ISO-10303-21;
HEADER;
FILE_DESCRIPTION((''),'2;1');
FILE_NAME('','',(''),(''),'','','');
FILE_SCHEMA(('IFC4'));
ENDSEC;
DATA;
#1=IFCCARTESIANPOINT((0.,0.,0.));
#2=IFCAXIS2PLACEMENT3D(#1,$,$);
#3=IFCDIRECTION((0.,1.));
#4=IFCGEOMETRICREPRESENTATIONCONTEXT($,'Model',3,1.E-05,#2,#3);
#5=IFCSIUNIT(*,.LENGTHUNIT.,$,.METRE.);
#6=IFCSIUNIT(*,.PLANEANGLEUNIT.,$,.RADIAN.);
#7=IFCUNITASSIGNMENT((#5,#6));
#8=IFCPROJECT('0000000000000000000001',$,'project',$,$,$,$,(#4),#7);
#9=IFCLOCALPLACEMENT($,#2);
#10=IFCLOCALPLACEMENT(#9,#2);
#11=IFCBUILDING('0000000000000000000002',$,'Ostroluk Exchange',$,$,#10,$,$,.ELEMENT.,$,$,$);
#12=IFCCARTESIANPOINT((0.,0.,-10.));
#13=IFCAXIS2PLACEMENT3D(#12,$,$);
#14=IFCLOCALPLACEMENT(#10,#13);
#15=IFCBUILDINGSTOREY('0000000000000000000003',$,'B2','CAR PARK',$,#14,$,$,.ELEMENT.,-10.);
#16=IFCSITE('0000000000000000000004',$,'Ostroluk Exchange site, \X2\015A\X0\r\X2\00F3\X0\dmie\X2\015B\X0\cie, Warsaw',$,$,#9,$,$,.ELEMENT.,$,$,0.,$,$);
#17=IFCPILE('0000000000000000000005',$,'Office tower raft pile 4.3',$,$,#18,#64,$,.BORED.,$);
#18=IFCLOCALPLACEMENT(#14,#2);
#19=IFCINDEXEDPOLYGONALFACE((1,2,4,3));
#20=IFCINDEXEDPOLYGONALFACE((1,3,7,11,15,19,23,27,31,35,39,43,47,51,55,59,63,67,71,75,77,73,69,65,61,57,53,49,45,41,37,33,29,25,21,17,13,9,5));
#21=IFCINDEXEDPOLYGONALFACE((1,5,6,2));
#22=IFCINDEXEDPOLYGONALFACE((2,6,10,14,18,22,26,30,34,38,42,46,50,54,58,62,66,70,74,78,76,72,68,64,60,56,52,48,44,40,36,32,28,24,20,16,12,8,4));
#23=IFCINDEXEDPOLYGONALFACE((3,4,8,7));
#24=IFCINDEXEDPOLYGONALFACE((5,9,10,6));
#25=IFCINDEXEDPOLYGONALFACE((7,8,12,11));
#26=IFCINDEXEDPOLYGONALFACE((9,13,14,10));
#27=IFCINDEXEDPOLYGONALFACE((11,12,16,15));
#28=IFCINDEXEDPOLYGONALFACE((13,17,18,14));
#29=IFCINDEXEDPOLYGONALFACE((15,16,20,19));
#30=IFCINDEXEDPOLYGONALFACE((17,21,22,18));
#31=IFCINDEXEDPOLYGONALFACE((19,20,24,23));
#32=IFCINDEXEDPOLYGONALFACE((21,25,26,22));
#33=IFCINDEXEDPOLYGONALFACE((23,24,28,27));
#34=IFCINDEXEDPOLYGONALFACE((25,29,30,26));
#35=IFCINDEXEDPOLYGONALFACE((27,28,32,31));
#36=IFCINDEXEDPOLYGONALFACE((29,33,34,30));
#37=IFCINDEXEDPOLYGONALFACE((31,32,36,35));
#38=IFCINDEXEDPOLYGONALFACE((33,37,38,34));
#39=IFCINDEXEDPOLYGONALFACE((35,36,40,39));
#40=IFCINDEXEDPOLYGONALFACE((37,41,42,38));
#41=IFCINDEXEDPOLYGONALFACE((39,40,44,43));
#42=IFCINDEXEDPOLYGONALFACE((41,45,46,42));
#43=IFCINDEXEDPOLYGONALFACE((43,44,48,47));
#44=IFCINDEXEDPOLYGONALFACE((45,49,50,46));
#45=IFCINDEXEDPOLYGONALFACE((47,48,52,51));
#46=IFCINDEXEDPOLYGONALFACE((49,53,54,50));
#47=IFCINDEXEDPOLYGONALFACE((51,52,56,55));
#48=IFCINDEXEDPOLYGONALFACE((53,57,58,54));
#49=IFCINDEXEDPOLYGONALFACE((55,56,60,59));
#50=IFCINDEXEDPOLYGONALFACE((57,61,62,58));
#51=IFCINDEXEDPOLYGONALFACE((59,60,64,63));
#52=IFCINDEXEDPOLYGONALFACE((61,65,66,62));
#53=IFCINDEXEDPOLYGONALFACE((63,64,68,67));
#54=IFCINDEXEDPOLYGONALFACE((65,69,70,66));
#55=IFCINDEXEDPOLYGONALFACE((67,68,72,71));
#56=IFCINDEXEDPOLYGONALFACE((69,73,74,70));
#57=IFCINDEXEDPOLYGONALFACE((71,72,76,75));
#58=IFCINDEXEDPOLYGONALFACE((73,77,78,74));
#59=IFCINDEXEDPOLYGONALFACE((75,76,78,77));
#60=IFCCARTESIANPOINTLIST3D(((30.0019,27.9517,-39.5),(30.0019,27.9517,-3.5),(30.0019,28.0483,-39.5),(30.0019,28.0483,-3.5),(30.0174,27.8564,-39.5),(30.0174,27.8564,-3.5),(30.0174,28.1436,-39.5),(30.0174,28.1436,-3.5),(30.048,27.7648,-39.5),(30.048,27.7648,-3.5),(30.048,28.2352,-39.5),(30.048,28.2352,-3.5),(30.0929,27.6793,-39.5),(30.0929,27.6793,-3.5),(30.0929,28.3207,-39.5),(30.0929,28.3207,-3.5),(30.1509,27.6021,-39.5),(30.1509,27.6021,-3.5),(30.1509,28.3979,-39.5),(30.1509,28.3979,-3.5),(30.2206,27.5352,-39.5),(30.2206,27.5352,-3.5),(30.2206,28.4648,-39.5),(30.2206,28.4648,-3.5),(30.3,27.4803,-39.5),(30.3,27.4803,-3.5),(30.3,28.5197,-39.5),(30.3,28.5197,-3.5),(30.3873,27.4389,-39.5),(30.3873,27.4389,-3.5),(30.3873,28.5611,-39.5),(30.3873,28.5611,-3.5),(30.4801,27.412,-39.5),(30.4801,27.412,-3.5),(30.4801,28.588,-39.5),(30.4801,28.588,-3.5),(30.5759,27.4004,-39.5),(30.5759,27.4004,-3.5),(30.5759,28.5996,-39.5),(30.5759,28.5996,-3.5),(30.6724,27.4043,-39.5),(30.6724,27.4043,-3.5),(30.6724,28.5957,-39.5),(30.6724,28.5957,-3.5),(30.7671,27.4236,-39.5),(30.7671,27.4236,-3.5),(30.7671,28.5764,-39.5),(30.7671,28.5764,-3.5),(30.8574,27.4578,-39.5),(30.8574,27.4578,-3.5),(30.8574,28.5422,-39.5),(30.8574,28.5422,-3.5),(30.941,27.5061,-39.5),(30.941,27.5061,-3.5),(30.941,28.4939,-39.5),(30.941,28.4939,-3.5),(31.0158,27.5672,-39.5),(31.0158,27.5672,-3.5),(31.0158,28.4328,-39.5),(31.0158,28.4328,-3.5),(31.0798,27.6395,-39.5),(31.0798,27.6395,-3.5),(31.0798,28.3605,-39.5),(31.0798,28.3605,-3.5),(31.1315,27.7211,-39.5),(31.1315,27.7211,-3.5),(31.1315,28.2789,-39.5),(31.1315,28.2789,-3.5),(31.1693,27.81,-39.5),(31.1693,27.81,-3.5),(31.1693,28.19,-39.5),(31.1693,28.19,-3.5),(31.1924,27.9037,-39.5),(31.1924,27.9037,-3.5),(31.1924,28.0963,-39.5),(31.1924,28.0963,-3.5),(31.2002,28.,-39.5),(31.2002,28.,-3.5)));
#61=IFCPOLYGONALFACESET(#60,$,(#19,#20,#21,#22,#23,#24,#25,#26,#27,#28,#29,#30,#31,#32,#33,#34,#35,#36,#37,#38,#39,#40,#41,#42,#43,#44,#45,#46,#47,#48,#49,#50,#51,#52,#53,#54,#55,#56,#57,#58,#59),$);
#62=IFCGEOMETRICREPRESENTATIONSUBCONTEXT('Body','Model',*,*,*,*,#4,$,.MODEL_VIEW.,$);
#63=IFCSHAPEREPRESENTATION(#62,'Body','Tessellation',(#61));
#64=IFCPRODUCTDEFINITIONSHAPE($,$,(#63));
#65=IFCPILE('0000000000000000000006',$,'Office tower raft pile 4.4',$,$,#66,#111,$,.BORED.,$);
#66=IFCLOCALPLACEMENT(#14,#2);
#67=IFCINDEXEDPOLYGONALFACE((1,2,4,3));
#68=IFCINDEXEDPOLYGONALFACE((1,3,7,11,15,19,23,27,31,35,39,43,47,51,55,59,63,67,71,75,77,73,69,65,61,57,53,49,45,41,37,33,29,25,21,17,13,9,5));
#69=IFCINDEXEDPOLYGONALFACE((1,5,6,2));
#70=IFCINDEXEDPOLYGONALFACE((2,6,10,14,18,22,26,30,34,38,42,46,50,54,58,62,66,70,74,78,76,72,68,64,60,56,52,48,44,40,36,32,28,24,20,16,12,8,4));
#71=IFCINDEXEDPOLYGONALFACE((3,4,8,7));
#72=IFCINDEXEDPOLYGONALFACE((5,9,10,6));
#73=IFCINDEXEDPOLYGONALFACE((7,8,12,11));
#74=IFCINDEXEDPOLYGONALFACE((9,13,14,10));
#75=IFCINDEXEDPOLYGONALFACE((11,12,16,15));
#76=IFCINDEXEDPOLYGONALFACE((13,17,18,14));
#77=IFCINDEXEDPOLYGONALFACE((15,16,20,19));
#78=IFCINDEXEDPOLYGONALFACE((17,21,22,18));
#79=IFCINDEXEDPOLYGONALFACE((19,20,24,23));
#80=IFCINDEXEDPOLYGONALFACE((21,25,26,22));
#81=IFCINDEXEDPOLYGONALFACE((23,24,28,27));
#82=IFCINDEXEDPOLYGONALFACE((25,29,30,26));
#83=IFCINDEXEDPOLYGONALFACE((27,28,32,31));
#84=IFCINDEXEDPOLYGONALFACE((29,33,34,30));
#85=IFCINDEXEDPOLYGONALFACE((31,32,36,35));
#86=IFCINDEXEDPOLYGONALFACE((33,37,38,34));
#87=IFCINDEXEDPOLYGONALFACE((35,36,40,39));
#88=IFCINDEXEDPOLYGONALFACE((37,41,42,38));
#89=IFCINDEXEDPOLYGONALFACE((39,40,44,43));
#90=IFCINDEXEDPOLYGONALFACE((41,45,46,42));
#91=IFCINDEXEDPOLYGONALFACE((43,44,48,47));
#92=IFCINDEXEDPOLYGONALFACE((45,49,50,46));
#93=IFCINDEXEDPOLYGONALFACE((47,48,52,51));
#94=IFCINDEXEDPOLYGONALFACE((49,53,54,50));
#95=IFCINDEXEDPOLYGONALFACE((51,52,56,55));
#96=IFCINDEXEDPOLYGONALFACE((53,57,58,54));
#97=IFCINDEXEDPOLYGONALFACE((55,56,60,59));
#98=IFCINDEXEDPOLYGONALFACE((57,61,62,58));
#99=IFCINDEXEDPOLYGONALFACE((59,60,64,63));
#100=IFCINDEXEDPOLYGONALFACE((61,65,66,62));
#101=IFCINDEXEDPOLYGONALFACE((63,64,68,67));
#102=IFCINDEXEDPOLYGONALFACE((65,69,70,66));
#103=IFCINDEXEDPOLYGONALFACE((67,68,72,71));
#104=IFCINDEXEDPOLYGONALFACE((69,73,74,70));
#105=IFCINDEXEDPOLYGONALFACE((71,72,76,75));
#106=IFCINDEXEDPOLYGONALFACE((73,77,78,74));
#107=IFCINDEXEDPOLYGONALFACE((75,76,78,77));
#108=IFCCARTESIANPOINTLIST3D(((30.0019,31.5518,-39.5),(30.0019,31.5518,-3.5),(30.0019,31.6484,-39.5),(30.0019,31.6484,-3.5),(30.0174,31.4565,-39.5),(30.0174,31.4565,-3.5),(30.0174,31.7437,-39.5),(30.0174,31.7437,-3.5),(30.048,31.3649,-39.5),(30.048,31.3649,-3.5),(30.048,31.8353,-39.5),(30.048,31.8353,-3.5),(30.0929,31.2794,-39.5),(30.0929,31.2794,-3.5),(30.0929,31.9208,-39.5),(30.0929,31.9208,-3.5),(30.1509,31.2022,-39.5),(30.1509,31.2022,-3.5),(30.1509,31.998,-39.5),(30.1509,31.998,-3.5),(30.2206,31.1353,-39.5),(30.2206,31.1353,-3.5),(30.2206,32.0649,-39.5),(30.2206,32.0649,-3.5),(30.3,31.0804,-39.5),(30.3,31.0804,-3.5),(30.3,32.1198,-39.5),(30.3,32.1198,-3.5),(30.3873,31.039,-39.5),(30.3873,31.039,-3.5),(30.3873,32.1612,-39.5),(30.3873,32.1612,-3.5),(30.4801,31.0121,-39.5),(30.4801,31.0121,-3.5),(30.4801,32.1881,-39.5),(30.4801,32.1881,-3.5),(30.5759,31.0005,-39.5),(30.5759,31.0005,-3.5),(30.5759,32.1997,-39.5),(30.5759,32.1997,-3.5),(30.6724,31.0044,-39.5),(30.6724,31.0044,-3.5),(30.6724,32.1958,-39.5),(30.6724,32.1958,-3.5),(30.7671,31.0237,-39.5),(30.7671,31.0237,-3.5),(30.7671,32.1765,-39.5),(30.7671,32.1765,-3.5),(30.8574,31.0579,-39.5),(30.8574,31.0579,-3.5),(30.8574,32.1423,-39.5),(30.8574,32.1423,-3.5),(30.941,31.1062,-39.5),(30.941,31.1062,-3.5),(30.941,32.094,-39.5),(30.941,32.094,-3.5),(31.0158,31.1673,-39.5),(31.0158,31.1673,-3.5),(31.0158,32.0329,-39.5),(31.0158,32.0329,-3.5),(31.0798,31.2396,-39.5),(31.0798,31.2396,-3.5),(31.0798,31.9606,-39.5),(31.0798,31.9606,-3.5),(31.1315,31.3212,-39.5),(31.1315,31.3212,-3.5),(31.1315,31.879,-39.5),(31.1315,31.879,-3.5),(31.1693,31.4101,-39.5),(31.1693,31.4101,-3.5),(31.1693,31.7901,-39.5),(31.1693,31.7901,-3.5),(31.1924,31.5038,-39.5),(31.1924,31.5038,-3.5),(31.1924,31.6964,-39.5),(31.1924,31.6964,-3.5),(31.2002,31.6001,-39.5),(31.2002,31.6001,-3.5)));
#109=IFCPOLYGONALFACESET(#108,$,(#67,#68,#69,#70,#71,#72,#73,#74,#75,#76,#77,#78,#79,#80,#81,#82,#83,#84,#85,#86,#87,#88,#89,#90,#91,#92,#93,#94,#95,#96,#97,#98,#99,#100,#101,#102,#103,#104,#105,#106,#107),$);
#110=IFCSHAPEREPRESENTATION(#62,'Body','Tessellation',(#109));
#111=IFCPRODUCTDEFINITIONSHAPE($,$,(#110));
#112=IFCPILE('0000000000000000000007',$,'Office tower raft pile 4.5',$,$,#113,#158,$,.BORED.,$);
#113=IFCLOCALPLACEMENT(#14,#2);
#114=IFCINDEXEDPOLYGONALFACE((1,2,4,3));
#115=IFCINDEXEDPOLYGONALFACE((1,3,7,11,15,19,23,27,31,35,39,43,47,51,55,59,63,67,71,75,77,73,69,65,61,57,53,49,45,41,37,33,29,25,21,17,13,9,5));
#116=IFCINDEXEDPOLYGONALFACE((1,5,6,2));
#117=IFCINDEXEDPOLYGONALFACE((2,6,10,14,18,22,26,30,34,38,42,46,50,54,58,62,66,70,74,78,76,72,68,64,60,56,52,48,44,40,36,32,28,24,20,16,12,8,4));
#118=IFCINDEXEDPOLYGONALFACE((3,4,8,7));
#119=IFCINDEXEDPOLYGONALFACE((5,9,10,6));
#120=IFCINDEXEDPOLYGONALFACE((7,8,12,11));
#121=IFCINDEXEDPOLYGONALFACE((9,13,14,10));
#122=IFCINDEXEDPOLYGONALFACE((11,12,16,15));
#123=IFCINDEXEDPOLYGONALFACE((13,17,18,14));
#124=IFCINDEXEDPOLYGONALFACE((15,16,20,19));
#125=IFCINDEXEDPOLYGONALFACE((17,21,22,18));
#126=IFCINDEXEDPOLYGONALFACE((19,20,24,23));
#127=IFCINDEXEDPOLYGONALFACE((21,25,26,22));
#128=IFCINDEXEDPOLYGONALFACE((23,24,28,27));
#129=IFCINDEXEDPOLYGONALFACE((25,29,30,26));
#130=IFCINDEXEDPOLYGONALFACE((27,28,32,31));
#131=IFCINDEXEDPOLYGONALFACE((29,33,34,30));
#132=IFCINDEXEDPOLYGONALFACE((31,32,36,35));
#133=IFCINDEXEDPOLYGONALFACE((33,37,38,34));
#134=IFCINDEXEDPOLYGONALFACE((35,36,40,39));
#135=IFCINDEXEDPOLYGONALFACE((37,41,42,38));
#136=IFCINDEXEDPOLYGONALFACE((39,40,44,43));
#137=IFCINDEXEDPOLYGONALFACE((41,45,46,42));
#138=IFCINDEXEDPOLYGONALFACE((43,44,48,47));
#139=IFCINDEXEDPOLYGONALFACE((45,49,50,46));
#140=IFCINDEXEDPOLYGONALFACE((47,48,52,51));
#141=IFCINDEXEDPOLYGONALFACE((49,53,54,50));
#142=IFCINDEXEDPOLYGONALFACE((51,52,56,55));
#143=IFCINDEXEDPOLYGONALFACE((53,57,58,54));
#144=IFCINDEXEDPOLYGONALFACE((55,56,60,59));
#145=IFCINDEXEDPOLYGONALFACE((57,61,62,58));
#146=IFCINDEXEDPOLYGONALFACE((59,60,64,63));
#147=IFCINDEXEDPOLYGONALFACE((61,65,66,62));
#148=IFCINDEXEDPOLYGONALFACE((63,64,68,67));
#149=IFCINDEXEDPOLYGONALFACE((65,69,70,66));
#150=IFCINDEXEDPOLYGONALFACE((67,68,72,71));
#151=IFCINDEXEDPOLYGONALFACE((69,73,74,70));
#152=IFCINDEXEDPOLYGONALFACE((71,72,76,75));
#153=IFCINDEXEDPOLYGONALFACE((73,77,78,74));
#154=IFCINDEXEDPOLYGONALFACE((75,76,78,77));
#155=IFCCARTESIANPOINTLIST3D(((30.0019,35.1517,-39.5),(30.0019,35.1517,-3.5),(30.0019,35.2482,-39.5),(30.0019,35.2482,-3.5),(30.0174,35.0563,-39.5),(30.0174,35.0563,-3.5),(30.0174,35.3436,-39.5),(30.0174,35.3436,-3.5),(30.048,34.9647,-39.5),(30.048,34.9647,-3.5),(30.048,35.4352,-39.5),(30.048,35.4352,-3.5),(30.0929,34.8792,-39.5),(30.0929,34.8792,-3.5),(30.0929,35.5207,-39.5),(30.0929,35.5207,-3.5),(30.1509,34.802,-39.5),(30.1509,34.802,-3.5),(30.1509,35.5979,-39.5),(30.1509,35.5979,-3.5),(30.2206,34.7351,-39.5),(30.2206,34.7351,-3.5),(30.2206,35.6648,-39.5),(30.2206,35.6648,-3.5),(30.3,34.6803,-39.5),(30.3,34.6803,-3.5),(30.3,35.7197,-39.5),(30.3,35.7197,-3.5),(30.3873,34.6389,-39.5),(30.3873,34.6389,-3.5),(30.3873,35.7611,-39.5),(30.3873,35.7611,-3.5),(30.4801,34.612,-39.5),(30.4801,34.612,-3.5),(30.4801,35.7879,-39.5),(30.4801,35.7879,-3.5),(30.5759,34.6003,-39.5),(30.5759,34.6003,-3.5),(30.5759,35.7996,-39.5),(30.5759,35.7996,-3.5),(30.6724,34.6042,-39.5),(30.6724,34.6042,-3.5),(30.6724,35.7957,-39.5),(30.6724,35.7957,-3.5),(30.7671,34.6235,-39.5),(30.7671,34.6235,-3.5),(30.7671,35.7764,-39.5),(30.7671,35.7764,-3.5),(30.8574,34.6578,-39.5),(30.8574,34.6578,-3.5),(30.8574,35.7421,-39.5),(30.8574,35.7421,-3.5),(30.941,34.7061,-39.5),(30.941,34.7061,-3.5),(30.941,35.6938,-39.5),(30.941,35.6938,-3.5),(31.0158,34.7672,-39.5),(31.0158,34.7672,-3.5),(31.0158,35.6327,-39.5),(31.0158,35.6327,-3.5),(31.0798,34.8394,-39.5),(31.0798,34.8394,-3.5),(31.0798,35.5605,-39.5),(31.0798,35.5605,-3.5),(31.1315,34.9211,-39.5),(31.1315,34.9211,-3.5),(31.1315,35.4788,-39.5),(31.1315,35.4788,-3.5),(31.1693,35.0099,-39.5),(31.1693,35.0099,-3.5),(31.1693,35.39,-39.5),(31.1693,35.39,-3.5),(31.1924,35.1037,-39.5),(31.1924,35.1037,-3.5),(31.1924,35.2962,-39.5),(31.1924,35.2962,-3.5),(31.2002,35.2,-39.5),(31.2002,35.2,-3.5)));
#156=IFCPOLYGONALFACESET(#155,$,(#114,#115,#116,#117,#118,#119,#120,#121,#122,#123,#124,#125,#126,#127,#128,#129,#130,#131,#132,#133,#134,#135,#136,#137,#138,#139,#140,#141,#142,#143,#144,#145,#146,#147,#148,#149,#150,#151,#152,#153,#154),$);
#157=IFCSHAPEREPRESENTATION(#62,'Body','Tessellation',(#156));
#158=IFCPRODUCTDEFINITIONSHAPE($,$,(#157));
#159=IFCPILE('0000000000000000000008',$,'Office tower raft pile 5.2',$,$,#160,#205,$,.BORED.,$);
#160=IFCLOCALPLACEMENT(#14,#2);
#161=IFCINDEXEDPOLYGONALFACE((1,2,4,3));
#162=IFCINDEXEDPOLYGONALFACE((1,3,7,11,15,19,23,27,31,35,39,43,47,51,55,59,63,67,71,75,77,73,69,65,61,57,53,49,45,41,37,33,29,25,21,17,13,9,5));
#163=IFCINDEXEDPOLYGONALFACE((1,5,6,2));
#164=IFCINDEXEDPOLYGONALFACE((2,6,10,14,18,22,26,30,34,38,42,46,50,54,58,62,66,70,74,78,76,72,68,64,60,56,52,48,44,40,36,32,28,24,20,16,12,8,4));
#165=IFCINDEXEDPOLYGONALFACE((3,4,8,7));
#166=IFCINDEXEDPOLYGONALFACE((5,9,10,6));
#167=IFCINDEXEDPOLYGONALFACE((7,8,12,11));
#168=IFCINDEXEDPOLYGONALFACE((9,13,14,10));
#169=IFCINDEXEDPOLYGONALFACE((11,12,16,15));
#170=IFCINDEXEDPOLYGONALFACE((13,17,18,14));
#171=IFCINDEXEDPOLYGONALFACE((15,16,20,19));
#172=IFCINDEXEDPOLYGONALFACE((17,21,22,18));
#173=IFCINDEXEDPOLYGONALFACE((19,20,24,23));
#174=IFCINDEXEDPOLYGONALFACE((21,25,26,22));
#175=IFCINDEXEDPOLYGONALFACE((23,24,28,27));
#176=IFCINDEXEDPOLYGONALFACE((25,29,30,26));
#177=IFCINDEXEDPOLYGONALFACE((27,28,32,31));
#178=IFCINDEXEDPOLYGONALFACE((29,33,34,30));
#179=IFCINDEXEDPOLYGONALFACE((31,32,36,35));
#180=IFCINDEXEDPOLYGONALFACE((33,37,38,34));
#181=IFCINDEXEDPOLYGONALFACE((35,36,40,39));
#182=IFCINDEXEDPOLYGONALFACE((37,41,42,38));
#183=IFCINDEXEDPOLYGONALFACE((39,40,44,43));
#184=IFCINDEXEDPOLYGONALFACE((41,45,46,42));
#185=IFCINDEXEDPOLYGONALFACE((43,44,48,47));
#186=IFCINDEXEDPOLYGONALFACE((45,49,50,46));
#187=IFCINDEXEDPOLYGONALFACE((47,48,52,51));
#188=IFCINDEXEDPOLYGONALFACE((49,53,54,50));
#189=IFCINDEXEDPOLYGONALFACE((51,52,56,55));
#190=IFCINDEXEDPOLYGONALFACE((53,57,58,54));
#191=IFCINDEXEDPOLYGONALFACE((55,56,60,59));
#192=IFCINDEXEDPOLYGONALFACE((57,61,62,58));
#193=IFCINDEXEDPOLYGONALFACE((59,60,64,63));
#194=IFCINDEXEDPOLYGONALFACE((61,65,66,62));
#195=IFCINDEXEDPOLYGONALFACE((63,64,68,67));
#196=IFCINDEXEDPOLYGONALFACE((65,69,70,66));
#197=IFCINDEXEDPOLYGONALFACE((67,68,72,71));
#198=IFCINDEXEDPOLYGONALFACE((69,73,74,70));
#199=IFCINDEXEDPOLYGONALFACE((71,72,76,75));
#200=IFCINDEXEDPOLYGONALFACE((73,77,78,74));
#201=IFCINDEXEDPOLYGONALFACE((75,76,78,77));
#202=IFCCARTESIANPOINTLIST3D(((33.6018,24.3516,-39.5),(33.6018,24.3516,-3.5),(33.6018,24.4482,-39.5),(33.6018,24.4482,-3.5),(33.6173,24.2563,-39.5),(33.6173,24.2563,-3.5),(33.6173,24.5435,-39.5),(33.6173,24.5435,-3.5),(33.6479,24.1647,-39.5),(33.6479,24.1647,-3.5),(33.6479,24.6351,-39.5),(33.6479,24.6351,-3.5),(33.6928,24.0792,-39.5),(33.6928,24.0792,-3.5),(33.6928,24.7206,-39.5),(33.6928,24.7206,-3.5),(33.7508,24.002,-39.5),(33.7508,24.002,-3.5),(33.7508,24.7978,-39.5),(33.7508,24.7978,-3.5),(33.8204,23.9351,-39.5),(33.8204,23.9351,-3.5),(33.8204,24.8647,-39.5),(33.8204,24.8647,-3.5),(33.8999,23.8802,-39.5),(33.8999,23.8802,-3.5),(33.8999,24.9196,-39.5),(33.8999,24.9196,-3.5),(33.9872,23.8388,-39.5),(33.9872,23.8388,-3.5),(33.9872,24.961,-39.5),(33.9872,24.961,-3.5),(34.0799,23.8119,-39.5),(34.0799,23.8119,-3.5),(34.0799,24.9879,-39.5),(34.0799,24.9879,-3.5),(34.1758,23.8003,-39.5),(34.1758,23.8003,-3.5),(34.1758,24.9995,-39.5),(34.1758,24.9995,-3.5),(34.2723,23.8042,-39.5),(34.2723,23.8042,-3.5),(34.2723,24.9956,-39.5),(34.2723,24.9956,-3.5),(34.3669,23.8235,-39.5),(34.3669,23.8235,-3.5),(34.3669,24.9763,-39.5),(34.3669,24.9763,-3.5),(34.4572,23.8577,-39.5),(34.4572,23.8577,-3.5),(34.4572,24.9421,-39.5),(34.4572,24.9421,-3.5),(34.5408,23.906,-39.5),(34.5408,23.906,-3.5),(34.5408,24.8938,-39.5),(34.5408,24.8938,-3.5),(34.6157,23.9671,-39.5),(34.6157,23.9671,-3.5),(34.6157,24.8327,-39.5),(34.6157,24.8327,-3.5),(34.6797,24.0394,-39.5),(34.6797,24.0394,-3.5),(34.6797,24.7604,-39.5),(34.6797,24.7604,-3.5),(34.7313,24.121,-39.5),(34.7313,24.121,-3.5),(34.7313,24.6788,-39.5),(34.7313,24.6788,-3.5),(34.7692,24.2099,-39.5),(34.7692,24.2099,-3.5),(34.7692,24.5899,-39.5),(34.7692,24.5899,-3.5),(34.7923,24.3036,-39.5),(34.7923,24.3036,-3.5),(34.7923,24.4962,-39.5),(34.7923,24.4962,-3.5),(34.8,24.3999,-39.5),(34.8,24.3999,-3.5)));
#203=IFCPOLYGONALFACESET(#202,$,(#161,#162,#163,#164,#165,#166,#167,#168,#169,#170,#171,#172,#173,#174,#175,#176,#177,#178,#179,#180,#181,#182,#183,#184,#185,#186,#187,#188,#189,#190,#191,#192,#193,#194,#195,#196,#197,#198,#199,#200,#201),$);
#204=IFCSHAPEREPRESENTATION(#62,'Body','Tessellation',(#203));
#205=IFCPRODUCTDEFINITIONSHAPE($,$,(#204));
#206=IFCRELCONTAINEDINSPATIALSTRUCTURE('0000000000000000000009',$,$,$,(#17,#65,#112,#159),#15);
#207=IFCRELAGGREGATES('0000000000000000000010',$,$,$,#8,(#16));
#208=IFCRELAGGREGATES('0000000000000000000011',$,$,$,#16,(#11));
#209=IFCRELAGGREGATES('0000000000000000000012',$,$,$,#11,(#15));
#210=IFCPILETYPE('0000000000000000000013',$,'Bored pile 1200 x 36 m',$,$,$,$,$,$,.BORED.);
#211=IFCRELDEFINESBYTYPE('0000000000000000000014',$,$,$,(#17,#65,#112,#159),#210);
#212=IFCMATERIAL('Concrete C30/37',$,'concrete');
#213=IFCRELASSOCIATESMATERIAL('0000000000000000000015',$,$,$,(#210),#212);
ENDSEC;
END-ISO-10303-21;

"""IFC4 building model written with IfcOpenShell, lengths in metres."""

from ifc_helpers import new_model, si_unit, direction, frame, origin, origin_2d, place, context, subcontext, project, spatial, circle, extrude, material, type_object, element, save


model = new_model("IFC4")

# Units and contexts
model_context = context("Model", 3, precision=1e-05, world=origin(), true_north=direction((0.0, 1.0)))
body_context = subcontext(model_context, "Body", "Model", "MODEL_VIEW")
ifc_project = project(units=[si_unit("LENGTHUNIT", "METRE"), si_unit("PLANEANGLEUNIT", "RADIAN")], contexts=[model_context])

# Site, building, storey
site_placement = place(None, origin())
site = spatial("IfcSite", under=ifc_project, at=site_placement, Name="Ostroluk Exchange site, Śródmieście, Warsaw", CompositionType="ELEMENT", RefElevation=0.0)
building_placement = place(site_placement, origin())
building = spatial("IfcBuilding", under=site, at=building_placement, Name="Ostroluk Exchange", CompositionType="ELEMENT")
storey_placement = place(building_placement, frame((0.0, 0.0, -10.0)))
storey = spatial("IfcBuildingStorey", under=building, at=storey_placement, Name="B2", Description="CAR PARK", CompositionType="ELEMENT", Elevation=-10.0)

# Piles
ifc_material_1 = material(Name="Concrete C30/37", Category="concrete")
pile_type = type_object("IfcPileType", Name="Bored pile 1200 x 36 m", PredefinedType="BORED", material=ifc_material_1)
for number, where, z_axis, x_axis, name in (
    (1, (30.6001, 28.0, -3.5), (0.0, 0.0, -1.0), (1.0, 0.0, 0.0), "Office tower raft pile 4.3"),
    (2, (30.6001, 31.6001, -3.5), (0.0, 0.0, -1.0), (1.0, 0.0, 0.0), "Office tower raft pile 4.4"),
    (3, (30.6001, 35.2, -3.5), (0.0, 0.0, -1.0), (1.0, 0.0, 0.0), "Office tower raft pile 4.5"),
    (4, (34.2, 24.3999, -3.5), (0.0, 0.0, -1.0), (1.0, 0.0, 0.0), "Office tower raft pile 5.2"),
):
    element("IfcPile", number, at=place(storey_placement, frame(where, z_axis=z_axis, x_axis=x_axis)), inside=storey, type_object=pile_type, Name=name, PredefinedType="BORED", context=body_context, shape_type="SweptSolid", body=[
        extrude(circle(Radius=0.6001, at=origin_2d()), origin(), (0.0, 0.0, 1.0), 36.0),
    ])

save(model, "model.ifc")
